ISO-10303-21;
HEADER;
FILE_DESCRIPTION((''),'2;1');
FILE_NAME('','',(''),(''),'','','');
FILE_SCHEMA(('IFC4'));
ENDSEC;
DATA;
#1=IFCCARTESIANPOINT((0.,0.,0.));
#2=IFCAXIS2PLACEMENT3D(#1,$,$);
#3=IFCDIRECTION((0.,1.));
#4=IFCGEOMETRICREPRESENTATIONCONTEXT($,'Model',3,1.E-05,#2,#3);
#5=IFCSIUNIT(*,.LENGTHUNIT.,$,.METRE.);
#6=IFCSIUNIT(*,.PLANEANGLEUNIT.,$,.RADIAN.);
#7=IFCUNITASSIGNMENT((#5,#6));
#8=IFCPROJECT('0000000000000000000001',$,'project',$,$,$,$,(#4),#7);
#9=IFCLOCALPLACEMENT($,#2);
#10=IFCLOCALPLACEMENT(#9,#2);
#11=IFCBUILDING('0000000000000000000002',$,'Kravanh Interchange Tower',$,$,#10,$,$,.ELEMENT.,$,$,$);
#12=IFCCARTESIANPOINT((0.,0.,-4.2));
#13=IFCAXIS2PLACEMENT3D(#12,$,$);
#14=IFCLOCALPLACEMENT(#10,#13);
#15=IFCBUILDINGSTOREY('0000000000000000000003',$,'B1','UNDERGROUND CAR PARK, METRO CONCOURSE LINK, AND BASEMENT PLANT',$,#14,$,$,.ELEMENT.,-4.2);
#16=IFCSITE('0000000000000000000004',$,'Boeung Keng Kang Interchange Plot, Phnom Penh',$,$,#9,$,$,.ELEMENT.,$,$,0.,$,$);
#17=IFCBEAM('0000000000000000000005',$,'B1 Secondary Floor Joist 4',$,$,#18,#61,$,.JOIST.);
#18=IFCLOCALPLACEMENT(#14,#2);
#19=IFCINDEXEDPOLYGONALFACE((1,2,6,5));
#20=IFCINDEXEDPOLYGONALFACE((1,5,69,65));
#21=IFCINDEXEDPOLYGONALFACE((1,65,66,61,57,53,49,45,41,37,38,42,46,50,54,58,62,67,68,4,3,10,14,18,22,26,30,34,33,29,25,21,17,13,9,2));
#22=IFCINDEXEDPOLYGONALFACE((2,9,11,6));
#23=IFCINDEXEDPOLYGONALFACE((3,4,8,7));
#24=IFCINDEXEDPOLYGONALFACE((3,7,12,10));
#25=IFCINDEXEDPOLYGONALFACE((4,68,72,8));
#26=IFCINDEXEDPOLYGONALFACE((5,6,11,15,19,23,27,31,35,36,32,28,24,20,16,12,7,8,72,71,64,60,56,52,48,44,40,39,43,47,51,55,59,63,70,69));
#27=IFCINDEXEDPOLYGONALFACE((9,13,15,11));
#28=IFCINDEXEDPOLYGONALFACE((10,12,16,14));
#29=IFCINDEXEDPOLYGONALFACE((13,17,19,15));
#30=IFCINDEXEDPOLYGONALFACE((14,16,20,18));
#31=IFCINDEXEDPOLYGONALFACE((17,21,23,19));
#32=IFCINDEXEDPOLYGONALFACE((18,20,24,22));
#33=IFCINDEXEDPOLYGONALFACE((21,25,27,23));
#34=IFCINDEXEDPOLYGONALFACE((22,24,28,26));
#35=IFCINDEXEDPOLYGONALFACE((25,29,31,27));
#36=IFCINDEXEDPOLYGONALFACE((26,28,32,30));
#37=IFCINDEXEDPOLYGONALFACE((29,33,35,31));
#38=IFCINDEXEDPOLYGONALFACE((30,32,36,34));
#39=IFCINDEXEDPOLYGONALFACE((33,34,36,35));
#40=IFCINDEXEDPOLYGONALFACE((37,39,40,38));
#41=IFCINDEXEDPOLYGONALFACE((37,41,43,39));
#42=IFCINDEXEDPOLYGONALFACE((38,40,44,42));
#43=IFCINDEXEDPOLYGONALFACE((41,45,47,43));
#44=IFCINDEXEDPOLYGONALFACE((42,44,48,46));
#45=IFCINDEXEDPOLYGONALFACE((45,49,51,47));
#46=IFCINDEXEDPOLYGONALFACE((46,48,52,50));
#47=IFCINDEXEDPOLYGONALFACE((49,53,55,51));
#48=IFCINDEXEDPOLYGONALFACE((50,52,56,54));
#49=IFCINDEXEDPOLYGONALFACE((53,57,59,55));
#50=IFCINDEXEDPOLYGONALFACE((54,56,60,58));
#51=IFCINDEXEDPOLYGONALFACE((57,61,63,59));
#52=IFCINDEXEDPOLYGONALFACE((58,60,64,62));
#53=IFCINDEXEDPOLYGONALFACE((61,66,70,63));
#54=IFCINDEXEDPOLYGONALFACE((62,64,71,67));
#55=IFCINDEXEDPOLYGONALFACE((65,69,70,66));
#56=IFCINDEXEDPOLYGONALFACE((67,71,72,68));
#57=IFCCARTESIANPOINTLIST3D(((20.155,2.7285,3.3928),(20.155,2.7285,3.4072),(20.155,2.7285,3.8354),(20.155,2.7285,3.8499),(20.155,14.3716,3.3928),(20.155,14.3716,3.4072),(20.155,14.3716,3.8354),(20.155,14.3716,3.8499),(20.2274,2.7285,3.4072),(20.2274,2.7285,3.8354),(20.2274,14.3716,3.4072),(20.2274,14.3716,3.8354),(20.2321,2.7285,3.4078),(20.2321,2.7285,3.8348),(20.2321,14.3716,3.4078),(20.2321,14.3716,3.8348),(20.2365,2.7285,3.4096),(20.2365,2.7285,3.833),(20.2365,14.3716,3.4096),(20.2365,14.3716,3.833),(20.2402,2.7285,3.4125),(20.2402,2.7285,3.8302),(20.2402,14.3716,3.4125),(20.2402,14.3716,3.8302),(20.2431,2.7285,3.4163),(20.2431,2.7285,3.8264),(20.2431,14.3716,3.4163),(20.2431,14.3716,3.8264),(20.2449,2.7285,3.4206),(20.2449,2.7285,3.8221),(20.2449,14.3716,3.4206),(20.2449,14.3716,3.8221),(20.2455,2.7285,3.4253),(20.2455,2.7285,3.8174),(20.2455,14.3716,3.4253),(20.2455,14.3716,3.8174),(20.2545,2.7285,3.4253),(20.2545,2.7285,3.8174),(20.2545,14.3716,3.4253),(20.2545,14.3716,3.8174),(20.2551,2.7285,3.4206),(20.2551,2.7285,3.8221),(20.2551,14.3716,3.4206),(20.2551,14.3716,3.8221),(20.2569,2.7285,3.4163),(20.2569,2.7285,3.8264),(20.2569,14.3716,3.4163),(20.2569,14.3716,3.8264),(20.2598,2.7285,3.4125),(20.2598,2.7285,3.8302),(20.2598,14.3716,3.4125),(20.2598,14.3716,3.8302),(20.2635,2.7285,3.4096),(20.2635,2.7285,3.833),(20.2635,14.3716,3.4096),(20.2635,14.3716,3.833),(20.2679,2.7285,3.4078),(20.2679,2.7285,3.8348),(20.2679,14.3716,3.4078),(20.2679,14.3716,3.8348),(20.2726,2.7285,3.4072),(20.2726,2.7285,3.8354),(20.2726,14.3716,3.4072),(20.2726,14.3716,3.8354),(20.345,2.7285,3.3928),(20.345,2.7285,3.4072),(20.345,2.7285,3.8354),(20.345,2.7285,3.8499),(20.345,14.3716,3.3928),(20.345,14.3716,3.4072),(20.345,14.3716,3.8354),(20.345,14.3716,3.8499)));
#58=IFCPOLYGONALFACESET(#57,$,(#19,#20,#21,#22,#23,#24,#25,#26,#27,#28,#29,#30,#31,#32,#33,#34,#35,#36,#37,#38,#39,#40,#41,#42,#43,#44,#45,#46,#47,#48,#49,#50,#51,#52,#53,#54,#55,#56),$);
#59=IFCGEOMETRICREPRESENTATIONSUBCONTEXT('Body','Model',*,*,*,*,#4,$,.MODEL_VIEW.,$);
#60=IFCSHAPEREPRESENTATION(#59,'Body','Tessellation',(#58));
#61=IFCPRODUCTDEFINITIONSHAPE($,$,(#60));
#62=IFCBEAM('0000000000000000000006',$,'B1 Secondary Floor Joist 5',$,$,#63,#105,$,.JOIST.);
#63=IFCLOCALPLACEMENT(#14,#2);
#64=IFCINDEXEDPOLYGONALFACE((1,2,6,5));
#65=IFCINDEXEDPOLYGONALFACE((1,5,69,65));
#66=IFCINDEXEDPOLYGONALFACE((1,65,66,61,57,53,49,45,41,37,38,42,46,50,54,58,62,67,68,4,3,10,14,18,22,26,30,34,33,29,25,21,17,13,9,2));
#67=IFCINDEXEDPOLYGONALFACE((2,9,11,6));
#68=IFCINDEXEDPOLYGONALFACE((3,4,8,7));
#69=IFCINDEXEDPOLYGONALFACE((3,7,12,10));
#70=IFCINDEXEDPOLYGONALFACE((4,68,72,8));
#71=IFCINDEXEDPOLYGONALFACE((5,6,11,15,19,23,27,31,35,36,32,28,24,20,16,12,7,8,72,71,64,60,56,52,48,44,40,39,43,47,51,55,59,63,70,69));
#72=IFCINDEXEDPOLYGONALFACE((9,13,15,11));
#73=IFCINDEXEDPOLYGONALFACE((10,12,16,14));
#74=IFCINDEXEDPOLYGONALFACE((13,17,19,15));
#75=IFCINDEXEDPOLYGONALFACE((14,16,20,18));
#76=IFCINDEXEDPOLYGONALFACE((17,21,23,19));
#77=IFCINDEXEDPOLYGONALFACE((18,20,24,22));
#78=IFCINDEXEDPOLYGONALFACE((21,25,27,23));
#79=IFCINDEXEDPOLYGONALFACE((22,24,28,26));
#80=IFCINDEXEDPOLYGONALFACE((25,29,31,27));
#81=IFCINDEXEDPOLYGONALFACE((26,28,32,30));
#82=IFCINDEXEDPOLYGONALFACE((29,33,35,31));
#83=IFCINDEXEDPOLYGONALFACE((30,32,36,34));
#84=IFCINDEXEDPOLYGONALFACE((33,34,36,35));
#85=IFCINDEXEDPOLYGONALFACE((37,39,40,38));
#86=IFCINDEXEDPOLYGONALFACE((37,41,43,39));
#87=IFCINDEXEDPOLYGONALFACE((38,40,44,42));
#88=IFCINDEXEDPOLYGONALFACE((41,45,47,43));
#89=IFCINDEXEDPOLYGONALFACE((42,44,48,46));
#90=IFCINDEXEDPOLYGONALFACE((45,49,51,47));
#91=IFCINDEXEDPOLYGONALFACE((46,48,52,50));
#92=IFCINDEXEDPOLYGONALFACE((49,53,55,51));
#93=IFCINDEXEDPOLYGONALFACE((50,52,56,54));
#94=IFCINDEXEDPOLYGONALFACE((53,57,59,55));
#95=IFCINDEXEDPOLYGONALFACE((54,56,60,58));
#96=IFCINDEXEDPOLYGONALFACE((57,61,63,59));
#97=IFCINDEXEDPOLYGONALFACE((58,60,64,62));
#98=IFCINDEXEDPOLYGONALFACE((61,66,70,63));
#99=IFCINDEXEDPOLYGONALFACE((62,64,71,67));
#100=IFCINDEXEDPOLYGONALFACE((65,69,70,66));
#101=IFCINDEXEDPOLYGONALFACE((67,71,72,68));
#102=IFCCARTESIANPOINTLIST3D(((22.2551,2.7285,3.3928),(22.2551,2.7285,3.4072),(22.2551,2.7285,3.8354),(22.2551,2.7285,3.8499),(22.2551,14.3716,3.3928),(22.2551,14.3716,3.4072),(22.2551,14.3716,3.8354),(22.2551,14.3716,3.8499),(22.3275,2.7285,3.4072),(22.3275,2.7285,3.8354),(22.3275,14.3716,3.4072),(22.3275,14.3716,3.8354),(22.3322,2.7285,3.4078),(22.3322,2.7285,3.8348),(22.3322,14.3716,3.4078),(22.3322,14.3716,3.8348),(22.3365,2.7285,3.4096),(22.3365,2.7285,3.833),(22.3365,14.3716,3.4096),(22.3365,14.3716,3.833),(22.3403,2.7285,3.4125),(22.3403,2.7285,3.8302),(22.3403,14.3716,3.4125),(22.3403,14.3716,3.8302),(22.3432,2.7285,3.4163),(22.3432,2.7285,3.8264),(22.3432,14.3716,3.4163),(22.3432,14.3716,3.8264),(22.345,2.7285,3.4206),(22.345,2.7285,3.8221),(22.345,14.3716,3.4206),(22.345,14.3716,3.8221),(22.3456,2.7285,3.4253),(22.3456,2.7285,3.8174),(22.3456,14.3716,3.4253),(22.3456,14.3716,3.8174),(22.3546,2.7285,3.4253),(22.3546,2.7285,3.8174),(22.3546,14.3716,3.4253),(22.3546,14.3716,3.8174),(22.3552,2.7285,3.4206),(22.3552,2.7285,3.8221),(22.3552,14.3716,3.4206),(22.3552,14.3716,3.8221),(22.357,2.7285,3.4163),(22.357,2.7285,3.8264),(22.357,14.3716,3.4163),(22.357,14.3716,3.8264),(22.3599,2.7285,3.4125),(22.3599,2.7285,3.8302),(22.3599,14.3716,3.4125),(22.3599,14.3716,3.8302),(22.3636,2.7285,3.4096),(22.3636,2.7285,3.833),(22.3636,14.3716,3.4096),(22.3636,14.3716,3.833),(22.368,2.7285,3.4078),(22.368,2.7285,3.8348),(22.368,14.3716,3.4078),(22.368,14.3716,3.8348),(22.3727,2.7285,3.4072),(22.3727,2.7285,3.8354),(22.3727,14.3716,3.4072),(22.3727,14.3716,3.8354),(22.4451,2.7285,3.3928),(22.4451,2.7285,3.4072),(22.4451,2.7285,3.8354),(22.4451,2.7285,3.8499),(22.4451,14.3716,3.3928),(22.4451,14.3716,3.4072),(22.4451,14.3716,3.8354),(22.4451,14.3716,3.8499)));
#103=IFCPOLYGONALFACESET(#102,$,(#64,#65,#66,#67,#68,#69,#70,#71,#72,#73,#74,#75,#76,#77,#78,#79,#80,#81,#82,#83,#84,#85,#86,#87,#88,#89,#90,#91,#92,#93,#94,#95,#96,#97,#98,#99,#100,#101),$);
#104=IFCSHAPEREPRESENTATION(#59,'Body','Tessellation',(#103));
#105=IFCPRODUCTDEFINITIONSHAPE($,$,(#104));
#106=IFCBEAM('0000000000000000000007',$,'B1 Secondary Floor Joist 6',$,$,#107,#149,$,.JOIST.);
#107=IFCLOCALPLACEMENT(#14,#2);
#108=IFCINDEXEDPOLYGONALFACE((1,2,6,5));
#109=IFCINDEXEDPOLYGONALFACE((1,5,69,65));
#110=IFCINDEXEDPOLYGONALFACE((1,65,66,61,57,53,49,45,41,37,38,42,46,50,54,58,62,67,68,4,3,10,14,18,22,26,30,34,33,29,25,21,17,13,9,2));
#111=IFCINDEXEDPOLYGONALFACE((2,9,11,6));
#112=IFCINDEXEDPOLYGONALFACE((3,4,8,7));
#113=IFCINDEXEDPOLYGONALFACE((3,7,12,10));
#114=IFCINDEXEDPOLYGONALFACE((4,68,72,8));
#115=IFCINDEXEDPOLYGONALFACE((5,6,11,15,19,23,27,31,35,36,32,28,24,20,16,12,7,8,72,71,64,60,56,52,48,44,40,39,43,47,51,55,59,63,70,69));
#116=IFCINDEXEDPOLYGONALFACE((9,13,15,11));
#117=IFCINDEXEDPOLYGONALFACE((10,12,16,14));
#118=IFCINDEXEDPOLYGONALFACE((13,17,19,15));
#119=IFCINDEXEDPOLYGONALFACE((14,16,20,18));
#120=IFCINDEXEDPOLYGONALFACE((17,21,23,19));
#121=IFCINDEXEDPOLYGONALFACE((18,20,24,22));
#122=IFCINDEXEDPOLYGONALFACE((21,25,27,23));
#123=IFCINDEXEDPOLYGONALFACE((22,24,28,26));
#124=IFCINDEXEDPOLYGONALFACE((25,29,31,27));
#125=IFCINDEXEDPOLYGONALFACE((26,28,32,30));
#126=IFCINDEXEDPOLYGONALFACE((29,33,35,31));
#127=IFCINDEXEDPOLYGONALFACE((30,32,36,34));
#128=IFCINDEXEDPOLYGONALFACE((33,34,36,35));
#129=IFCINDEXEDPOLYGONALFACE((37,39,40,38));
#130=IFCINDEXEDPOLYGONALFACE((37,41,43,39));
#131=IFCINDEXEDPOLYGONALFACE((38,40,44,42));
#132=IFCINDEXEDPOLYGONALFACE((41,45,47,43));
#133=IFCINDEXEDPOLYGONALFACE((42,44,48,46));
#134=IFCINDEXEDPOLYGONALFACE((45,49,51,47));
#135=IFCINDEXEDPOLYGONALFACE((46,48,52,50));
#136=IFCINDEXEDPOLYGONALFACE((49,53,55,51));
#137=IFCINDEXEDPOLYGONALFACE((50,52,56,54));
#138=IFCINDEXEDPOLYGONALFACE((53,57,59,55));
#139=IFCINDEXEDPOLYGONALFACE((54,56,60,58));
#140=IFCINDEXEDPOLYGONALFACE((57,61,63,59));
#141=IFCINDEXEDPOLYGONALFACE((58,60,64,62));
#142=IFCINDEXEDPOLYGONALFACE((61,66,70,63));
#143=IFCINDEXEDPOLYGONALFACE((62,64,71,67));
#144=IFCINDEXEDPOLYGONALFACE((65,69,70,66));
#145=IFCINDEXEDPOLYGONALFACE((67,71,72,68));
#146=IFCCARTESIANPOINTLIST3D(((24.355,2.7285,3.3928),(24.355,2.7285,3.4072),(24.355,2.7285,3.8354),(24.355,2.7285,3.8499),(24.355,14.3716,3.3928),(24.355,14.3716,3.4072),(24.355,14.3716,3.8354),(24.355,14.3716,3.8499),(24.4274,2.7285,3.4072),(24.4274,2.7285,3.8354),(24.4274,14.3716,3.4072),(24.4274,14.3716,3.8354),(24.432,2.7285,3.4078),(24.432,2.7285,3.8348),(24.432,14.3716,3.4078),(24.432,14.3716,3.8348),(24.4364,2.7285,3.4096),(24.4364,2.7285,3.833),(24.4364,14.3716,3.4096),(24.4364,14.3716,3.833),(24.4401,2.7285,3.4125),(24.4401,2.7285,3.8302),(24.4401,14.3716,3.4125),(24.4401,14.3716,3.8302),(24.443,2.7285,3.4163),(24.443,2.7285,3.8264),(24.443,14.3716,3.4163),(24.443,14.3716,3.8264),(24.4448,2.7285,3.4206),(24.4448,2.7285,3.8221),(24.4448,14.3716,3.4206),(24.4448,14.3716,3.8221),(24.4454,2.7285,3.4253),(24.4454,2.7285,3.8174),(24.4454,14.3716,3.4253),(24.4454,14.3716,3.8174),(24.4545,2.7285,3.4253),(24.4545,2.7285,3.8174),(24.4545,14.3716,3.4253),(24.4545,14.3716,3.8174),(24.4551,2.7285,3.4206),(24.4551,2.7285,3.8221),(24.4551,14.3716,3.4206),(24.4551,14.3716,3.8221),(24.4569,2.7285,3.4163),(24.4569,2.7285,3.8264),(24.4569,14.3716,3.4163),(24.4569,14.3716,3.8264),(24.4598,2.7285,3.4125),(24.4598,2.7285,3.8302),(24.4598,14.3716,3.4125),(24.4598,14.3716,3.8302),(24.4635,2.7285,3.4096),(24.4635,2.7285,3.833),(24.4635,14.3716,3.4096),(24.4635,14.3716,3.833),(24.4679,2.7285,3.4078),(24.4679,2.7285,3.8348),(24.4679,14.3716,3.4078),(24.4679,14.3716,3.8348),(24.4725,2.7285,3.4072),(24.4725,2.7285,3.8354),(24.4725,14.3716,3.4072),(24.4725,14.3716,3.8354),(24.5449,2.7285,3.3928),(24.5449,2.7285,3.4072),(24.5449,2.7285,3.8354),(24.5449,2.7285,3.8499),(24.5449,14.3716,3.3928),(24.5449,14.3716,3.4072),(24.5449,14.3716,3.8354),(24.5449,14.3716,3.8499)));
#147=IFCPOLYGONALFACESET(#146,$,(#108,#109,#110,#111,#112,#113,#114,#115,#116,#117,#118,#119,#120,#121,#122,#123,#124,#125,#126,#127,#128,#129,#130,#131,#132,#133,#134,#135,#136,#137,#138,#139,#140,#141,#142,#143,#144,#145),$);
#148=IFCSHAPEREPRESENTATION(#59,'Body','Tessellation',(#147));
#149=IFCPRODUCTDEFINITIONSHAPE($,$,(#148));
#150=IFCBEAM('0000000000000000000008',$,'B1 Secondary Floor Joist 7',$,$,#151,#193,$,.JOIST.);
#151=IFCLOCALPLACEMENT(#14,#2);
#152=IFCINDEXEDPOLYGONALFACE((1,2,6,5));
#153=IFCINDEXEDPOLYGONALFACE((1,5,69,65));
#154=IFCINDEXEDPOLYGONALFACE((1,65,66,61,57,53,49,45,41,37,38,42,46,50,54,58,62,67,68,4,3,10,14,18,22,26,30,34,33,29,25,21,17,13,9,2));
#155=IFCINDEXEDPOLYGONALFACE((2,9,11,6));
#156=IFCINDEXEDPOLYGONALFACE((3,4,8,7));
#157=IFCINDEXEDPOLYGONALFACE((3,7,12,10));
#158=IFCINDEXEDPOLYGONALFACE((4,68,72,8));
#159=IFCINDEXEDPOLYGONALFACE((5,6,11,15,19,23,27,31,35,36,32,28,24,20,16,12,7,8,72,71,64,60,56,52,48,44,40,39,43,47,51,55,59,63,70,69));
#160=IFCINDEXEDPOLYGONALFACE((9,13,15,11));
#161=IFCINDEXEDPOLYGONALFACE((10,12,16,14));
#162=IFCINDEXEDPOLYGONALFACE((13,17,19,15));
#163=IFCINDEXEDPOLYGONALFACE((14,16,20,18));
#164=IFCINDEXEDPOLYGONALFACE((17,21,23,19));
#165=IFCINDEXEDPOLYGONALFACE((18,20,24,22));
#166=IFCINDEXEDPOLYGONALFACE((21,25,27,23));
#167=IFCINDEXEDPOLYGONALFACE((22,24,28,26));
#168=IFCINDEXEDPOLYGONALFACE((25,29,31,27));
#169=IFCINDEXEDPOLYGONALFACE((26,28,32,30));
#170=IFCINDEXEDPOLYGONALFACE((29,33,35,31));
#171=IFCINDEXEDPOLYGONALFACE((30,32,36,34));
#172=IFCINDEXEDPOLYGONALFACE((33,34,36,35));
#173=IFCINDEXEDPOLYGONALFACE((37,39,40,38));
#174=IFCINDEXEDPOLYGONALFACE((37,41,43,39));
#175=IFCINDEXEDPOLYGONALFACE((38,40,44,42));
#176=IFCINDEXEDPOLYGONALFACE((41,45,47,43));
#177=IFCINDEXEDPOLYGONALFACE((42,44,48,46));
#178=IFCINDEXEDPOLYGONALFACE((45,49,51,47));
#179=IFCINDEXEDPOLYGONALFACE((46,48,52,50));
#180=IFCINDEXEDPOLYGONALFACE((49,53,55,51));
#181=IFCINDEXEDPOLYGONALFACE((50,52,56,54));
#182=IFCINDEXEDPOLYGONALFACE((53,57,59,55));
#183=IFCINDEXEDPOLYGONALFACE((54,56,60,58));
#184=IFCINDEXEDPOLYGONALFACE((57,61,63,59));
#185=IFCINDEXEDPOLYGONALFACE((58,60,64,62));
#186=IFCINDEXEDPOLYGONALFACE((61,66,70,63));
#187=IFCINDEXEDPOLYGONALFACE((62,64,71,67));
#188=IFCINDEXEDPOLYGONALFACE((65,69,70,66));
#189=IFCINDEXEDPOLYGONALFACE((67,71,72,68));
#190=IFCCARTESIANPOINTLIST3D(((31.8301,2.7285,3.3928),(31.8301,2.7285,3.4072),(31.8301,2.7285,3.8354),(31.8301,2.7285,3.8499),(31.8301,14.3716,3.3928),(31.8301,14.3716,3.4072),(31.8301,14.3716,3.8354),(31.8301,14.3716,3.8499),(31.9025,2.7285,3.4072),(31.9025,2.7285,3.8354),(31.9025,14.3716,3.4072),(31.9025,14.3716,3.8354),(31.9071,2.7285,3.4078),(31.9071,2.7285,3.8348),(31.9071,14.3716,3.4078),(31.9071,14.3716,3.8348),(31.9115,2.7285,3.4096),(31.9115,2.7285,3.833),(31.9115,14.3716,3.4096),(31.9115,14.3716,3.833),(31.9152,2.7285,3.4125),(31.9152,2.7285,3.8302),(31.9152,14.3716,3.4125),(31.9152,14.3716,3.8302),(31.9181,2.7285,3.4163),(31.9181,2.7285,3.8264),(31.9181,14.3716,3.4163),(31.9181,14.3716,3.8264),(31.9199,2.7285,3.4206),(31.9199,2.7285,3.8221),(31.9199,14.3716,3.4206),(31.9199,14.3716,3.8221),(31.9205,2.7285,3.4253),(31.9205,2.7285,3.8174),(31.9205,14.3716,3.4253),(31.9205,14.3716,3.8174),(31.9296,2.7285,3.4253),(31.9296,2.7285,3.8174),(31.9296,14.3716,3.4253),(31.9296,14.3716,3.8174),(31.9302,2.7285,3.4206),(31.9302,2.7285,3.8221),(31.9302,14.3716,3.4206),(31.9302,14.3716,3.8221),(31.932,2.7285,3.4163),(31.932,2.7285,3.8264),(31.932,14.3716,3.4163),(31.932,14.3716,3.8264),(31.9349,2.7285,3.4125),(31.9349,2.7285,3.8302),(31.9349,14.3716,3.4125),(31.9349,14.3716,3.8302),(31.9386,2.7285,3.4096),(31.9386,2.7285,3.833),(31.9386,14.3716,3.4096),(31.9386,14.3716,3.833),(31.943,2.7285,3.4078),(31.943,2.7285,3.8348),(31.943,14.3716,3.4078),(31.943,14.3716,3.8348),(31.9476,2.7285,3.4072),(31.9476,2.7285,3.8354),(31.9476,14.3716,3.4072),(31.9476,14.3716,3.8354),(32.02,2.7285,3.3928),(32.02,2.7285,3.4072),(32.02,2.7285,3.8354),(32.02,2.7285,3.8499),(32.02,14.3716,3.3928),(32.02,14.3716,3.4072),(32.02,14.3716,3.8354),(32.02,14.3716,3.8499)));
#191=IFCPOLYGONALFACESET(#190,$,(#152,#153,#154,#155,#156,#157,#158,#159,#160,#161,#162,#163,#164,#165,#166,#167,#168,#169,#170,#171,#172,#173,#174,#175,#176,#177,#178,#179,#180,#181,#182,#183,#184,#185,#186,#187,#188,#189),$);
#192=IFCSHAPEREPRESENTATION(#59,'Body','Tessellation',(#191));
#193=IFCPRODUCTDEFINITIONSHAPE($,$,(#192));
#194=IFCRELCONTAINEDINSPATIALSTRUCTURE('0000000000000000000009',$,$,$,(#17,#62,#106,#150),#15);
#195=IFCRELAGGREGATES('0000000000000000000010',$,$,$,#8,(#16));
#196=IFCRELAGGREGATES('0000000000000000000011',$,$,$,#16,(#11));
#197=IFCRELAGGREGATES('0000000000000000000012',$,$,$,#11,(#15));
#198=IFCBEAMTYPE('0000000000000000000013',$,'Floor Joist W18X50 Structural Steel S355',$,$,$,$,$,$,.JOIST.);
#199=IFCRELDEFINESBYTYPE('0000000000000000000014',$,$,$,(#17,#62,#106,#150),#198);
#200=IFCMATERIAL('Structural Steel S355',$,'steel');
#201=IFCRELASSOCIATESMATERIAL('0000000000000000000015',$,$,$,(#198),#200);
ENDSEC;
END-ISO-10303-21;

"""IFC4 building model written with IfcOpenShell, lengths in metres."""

from ifc_helpers import new_model, si_unit, direction, frame, origin, origin_2d, place, context, subcontext, project, spatial, i_section, extrude, material, material_profile, profile_set, type_object, element, save


model = new_model("IFC4")

# Units and contexts
model_context = context("Model", 3, precision=1e-05, world=origin(), true_north=direction((0.0, 1.0)))
body_context = subcontext(model_context, "Body", "Model", "MODEL_VIEW")
ifc_project = project(units=[si_unit("LENGTHUNIT", "METRE"), si_unit("PLANEANGLEUNIT", "RADIAN")], contexts=[model_context])

# Site, building, storey
site_placement = place(None, origin())
site = spatial("IfcSite", under=ifc_project, at=site_placement, Name="Boeung Keng Kang Interchange Plot, Phnom Penh", CompositionType="ELEMENT", RefElevation=0.0)
building_placement = place(site_placement, origin())
building = spatial("IfcBuilding", under=site, at=building_placement, Name="Kravanh Interchange Tower", CompositionType="ELEMENT")
storey_placement = place(building_placement, frame((0.0, 0.0, -4.2)))
storey = spatial("IfcBuildingStorey", under=building, at=storey_placement, Name="B1", Description="UNDERGROUND CAR PARK, METRO CONCOURSE LINK, AND BASEMENT PLANT", CompositionType="ELEMENT", Elevation=-4.2)

# Beams
ifc_material_1 = material(Name="Structural Steel S355", Category="steel")
ifc_material_profile_1 = material_profile(ifc_material_1, i_section(OverallWidth=0.1899, OverallDepth=0.457, WebThickness=0.009, FlangeThickness=0.0144, FilletRadius=0.0181, at=origin_2d()), Name="W18X50")
ifc_profile_set_1 = profile_set([ifc_material_profile_1], Name="Structural Steel S355")
beam_type_1 = type_object("IfcBeamType", Name="Floor Joist W18X50 Structural Steel S355", PredefinedType="JOIST", material=ifc_profile_set_1)
for number, where, z_axis, x_axis, name in (
    (1, (20.25, 2.7285, 3.6213), (0.0, 1.0, 0.0), (-1.0, 0.0, 0.0), "B1 Secondary Floor Joist 4"),
    (2, (22.3501, 2.7285, 3.6213), (0.0, 1.0, 0.0), (-1.0, 0.0, 0.0), "B1 Secondary Floor Joist 5"),
    (3, (24.45, 2.7285, 3.6213), (0.0, 1.0, 0.0), (-1.0, 0.0, 0.0), "B1 Secondary Floor Joist 6"),
    (4, (31.925, 2.7285, 3.6213), (0.0, 1.0, 0.0), (-1.0, 0.0, 0.0), "B1 Secondary Floor Joist 7"),
):
    element("IfcBeam", number, at=place(storey_placement, frame(where, z_axis=z_axis, x_axis=x_axis)), inside=storey, type_object=beam_type_1, Name=name, PredefinedType="JOIST", context=body_context, shape_type="SweptSolid", body=[
        extrude(i_section(OverallWidth=0.1899, OverallDepth=0.457, WebThickness=0.009, FlangeThickness=0.0144, FilletRadius=0.0181, at=origin_2d()), origin(), (0.0, 0.0, 1.0), 11.6431),
    ])

save(model, "model.ifc")
